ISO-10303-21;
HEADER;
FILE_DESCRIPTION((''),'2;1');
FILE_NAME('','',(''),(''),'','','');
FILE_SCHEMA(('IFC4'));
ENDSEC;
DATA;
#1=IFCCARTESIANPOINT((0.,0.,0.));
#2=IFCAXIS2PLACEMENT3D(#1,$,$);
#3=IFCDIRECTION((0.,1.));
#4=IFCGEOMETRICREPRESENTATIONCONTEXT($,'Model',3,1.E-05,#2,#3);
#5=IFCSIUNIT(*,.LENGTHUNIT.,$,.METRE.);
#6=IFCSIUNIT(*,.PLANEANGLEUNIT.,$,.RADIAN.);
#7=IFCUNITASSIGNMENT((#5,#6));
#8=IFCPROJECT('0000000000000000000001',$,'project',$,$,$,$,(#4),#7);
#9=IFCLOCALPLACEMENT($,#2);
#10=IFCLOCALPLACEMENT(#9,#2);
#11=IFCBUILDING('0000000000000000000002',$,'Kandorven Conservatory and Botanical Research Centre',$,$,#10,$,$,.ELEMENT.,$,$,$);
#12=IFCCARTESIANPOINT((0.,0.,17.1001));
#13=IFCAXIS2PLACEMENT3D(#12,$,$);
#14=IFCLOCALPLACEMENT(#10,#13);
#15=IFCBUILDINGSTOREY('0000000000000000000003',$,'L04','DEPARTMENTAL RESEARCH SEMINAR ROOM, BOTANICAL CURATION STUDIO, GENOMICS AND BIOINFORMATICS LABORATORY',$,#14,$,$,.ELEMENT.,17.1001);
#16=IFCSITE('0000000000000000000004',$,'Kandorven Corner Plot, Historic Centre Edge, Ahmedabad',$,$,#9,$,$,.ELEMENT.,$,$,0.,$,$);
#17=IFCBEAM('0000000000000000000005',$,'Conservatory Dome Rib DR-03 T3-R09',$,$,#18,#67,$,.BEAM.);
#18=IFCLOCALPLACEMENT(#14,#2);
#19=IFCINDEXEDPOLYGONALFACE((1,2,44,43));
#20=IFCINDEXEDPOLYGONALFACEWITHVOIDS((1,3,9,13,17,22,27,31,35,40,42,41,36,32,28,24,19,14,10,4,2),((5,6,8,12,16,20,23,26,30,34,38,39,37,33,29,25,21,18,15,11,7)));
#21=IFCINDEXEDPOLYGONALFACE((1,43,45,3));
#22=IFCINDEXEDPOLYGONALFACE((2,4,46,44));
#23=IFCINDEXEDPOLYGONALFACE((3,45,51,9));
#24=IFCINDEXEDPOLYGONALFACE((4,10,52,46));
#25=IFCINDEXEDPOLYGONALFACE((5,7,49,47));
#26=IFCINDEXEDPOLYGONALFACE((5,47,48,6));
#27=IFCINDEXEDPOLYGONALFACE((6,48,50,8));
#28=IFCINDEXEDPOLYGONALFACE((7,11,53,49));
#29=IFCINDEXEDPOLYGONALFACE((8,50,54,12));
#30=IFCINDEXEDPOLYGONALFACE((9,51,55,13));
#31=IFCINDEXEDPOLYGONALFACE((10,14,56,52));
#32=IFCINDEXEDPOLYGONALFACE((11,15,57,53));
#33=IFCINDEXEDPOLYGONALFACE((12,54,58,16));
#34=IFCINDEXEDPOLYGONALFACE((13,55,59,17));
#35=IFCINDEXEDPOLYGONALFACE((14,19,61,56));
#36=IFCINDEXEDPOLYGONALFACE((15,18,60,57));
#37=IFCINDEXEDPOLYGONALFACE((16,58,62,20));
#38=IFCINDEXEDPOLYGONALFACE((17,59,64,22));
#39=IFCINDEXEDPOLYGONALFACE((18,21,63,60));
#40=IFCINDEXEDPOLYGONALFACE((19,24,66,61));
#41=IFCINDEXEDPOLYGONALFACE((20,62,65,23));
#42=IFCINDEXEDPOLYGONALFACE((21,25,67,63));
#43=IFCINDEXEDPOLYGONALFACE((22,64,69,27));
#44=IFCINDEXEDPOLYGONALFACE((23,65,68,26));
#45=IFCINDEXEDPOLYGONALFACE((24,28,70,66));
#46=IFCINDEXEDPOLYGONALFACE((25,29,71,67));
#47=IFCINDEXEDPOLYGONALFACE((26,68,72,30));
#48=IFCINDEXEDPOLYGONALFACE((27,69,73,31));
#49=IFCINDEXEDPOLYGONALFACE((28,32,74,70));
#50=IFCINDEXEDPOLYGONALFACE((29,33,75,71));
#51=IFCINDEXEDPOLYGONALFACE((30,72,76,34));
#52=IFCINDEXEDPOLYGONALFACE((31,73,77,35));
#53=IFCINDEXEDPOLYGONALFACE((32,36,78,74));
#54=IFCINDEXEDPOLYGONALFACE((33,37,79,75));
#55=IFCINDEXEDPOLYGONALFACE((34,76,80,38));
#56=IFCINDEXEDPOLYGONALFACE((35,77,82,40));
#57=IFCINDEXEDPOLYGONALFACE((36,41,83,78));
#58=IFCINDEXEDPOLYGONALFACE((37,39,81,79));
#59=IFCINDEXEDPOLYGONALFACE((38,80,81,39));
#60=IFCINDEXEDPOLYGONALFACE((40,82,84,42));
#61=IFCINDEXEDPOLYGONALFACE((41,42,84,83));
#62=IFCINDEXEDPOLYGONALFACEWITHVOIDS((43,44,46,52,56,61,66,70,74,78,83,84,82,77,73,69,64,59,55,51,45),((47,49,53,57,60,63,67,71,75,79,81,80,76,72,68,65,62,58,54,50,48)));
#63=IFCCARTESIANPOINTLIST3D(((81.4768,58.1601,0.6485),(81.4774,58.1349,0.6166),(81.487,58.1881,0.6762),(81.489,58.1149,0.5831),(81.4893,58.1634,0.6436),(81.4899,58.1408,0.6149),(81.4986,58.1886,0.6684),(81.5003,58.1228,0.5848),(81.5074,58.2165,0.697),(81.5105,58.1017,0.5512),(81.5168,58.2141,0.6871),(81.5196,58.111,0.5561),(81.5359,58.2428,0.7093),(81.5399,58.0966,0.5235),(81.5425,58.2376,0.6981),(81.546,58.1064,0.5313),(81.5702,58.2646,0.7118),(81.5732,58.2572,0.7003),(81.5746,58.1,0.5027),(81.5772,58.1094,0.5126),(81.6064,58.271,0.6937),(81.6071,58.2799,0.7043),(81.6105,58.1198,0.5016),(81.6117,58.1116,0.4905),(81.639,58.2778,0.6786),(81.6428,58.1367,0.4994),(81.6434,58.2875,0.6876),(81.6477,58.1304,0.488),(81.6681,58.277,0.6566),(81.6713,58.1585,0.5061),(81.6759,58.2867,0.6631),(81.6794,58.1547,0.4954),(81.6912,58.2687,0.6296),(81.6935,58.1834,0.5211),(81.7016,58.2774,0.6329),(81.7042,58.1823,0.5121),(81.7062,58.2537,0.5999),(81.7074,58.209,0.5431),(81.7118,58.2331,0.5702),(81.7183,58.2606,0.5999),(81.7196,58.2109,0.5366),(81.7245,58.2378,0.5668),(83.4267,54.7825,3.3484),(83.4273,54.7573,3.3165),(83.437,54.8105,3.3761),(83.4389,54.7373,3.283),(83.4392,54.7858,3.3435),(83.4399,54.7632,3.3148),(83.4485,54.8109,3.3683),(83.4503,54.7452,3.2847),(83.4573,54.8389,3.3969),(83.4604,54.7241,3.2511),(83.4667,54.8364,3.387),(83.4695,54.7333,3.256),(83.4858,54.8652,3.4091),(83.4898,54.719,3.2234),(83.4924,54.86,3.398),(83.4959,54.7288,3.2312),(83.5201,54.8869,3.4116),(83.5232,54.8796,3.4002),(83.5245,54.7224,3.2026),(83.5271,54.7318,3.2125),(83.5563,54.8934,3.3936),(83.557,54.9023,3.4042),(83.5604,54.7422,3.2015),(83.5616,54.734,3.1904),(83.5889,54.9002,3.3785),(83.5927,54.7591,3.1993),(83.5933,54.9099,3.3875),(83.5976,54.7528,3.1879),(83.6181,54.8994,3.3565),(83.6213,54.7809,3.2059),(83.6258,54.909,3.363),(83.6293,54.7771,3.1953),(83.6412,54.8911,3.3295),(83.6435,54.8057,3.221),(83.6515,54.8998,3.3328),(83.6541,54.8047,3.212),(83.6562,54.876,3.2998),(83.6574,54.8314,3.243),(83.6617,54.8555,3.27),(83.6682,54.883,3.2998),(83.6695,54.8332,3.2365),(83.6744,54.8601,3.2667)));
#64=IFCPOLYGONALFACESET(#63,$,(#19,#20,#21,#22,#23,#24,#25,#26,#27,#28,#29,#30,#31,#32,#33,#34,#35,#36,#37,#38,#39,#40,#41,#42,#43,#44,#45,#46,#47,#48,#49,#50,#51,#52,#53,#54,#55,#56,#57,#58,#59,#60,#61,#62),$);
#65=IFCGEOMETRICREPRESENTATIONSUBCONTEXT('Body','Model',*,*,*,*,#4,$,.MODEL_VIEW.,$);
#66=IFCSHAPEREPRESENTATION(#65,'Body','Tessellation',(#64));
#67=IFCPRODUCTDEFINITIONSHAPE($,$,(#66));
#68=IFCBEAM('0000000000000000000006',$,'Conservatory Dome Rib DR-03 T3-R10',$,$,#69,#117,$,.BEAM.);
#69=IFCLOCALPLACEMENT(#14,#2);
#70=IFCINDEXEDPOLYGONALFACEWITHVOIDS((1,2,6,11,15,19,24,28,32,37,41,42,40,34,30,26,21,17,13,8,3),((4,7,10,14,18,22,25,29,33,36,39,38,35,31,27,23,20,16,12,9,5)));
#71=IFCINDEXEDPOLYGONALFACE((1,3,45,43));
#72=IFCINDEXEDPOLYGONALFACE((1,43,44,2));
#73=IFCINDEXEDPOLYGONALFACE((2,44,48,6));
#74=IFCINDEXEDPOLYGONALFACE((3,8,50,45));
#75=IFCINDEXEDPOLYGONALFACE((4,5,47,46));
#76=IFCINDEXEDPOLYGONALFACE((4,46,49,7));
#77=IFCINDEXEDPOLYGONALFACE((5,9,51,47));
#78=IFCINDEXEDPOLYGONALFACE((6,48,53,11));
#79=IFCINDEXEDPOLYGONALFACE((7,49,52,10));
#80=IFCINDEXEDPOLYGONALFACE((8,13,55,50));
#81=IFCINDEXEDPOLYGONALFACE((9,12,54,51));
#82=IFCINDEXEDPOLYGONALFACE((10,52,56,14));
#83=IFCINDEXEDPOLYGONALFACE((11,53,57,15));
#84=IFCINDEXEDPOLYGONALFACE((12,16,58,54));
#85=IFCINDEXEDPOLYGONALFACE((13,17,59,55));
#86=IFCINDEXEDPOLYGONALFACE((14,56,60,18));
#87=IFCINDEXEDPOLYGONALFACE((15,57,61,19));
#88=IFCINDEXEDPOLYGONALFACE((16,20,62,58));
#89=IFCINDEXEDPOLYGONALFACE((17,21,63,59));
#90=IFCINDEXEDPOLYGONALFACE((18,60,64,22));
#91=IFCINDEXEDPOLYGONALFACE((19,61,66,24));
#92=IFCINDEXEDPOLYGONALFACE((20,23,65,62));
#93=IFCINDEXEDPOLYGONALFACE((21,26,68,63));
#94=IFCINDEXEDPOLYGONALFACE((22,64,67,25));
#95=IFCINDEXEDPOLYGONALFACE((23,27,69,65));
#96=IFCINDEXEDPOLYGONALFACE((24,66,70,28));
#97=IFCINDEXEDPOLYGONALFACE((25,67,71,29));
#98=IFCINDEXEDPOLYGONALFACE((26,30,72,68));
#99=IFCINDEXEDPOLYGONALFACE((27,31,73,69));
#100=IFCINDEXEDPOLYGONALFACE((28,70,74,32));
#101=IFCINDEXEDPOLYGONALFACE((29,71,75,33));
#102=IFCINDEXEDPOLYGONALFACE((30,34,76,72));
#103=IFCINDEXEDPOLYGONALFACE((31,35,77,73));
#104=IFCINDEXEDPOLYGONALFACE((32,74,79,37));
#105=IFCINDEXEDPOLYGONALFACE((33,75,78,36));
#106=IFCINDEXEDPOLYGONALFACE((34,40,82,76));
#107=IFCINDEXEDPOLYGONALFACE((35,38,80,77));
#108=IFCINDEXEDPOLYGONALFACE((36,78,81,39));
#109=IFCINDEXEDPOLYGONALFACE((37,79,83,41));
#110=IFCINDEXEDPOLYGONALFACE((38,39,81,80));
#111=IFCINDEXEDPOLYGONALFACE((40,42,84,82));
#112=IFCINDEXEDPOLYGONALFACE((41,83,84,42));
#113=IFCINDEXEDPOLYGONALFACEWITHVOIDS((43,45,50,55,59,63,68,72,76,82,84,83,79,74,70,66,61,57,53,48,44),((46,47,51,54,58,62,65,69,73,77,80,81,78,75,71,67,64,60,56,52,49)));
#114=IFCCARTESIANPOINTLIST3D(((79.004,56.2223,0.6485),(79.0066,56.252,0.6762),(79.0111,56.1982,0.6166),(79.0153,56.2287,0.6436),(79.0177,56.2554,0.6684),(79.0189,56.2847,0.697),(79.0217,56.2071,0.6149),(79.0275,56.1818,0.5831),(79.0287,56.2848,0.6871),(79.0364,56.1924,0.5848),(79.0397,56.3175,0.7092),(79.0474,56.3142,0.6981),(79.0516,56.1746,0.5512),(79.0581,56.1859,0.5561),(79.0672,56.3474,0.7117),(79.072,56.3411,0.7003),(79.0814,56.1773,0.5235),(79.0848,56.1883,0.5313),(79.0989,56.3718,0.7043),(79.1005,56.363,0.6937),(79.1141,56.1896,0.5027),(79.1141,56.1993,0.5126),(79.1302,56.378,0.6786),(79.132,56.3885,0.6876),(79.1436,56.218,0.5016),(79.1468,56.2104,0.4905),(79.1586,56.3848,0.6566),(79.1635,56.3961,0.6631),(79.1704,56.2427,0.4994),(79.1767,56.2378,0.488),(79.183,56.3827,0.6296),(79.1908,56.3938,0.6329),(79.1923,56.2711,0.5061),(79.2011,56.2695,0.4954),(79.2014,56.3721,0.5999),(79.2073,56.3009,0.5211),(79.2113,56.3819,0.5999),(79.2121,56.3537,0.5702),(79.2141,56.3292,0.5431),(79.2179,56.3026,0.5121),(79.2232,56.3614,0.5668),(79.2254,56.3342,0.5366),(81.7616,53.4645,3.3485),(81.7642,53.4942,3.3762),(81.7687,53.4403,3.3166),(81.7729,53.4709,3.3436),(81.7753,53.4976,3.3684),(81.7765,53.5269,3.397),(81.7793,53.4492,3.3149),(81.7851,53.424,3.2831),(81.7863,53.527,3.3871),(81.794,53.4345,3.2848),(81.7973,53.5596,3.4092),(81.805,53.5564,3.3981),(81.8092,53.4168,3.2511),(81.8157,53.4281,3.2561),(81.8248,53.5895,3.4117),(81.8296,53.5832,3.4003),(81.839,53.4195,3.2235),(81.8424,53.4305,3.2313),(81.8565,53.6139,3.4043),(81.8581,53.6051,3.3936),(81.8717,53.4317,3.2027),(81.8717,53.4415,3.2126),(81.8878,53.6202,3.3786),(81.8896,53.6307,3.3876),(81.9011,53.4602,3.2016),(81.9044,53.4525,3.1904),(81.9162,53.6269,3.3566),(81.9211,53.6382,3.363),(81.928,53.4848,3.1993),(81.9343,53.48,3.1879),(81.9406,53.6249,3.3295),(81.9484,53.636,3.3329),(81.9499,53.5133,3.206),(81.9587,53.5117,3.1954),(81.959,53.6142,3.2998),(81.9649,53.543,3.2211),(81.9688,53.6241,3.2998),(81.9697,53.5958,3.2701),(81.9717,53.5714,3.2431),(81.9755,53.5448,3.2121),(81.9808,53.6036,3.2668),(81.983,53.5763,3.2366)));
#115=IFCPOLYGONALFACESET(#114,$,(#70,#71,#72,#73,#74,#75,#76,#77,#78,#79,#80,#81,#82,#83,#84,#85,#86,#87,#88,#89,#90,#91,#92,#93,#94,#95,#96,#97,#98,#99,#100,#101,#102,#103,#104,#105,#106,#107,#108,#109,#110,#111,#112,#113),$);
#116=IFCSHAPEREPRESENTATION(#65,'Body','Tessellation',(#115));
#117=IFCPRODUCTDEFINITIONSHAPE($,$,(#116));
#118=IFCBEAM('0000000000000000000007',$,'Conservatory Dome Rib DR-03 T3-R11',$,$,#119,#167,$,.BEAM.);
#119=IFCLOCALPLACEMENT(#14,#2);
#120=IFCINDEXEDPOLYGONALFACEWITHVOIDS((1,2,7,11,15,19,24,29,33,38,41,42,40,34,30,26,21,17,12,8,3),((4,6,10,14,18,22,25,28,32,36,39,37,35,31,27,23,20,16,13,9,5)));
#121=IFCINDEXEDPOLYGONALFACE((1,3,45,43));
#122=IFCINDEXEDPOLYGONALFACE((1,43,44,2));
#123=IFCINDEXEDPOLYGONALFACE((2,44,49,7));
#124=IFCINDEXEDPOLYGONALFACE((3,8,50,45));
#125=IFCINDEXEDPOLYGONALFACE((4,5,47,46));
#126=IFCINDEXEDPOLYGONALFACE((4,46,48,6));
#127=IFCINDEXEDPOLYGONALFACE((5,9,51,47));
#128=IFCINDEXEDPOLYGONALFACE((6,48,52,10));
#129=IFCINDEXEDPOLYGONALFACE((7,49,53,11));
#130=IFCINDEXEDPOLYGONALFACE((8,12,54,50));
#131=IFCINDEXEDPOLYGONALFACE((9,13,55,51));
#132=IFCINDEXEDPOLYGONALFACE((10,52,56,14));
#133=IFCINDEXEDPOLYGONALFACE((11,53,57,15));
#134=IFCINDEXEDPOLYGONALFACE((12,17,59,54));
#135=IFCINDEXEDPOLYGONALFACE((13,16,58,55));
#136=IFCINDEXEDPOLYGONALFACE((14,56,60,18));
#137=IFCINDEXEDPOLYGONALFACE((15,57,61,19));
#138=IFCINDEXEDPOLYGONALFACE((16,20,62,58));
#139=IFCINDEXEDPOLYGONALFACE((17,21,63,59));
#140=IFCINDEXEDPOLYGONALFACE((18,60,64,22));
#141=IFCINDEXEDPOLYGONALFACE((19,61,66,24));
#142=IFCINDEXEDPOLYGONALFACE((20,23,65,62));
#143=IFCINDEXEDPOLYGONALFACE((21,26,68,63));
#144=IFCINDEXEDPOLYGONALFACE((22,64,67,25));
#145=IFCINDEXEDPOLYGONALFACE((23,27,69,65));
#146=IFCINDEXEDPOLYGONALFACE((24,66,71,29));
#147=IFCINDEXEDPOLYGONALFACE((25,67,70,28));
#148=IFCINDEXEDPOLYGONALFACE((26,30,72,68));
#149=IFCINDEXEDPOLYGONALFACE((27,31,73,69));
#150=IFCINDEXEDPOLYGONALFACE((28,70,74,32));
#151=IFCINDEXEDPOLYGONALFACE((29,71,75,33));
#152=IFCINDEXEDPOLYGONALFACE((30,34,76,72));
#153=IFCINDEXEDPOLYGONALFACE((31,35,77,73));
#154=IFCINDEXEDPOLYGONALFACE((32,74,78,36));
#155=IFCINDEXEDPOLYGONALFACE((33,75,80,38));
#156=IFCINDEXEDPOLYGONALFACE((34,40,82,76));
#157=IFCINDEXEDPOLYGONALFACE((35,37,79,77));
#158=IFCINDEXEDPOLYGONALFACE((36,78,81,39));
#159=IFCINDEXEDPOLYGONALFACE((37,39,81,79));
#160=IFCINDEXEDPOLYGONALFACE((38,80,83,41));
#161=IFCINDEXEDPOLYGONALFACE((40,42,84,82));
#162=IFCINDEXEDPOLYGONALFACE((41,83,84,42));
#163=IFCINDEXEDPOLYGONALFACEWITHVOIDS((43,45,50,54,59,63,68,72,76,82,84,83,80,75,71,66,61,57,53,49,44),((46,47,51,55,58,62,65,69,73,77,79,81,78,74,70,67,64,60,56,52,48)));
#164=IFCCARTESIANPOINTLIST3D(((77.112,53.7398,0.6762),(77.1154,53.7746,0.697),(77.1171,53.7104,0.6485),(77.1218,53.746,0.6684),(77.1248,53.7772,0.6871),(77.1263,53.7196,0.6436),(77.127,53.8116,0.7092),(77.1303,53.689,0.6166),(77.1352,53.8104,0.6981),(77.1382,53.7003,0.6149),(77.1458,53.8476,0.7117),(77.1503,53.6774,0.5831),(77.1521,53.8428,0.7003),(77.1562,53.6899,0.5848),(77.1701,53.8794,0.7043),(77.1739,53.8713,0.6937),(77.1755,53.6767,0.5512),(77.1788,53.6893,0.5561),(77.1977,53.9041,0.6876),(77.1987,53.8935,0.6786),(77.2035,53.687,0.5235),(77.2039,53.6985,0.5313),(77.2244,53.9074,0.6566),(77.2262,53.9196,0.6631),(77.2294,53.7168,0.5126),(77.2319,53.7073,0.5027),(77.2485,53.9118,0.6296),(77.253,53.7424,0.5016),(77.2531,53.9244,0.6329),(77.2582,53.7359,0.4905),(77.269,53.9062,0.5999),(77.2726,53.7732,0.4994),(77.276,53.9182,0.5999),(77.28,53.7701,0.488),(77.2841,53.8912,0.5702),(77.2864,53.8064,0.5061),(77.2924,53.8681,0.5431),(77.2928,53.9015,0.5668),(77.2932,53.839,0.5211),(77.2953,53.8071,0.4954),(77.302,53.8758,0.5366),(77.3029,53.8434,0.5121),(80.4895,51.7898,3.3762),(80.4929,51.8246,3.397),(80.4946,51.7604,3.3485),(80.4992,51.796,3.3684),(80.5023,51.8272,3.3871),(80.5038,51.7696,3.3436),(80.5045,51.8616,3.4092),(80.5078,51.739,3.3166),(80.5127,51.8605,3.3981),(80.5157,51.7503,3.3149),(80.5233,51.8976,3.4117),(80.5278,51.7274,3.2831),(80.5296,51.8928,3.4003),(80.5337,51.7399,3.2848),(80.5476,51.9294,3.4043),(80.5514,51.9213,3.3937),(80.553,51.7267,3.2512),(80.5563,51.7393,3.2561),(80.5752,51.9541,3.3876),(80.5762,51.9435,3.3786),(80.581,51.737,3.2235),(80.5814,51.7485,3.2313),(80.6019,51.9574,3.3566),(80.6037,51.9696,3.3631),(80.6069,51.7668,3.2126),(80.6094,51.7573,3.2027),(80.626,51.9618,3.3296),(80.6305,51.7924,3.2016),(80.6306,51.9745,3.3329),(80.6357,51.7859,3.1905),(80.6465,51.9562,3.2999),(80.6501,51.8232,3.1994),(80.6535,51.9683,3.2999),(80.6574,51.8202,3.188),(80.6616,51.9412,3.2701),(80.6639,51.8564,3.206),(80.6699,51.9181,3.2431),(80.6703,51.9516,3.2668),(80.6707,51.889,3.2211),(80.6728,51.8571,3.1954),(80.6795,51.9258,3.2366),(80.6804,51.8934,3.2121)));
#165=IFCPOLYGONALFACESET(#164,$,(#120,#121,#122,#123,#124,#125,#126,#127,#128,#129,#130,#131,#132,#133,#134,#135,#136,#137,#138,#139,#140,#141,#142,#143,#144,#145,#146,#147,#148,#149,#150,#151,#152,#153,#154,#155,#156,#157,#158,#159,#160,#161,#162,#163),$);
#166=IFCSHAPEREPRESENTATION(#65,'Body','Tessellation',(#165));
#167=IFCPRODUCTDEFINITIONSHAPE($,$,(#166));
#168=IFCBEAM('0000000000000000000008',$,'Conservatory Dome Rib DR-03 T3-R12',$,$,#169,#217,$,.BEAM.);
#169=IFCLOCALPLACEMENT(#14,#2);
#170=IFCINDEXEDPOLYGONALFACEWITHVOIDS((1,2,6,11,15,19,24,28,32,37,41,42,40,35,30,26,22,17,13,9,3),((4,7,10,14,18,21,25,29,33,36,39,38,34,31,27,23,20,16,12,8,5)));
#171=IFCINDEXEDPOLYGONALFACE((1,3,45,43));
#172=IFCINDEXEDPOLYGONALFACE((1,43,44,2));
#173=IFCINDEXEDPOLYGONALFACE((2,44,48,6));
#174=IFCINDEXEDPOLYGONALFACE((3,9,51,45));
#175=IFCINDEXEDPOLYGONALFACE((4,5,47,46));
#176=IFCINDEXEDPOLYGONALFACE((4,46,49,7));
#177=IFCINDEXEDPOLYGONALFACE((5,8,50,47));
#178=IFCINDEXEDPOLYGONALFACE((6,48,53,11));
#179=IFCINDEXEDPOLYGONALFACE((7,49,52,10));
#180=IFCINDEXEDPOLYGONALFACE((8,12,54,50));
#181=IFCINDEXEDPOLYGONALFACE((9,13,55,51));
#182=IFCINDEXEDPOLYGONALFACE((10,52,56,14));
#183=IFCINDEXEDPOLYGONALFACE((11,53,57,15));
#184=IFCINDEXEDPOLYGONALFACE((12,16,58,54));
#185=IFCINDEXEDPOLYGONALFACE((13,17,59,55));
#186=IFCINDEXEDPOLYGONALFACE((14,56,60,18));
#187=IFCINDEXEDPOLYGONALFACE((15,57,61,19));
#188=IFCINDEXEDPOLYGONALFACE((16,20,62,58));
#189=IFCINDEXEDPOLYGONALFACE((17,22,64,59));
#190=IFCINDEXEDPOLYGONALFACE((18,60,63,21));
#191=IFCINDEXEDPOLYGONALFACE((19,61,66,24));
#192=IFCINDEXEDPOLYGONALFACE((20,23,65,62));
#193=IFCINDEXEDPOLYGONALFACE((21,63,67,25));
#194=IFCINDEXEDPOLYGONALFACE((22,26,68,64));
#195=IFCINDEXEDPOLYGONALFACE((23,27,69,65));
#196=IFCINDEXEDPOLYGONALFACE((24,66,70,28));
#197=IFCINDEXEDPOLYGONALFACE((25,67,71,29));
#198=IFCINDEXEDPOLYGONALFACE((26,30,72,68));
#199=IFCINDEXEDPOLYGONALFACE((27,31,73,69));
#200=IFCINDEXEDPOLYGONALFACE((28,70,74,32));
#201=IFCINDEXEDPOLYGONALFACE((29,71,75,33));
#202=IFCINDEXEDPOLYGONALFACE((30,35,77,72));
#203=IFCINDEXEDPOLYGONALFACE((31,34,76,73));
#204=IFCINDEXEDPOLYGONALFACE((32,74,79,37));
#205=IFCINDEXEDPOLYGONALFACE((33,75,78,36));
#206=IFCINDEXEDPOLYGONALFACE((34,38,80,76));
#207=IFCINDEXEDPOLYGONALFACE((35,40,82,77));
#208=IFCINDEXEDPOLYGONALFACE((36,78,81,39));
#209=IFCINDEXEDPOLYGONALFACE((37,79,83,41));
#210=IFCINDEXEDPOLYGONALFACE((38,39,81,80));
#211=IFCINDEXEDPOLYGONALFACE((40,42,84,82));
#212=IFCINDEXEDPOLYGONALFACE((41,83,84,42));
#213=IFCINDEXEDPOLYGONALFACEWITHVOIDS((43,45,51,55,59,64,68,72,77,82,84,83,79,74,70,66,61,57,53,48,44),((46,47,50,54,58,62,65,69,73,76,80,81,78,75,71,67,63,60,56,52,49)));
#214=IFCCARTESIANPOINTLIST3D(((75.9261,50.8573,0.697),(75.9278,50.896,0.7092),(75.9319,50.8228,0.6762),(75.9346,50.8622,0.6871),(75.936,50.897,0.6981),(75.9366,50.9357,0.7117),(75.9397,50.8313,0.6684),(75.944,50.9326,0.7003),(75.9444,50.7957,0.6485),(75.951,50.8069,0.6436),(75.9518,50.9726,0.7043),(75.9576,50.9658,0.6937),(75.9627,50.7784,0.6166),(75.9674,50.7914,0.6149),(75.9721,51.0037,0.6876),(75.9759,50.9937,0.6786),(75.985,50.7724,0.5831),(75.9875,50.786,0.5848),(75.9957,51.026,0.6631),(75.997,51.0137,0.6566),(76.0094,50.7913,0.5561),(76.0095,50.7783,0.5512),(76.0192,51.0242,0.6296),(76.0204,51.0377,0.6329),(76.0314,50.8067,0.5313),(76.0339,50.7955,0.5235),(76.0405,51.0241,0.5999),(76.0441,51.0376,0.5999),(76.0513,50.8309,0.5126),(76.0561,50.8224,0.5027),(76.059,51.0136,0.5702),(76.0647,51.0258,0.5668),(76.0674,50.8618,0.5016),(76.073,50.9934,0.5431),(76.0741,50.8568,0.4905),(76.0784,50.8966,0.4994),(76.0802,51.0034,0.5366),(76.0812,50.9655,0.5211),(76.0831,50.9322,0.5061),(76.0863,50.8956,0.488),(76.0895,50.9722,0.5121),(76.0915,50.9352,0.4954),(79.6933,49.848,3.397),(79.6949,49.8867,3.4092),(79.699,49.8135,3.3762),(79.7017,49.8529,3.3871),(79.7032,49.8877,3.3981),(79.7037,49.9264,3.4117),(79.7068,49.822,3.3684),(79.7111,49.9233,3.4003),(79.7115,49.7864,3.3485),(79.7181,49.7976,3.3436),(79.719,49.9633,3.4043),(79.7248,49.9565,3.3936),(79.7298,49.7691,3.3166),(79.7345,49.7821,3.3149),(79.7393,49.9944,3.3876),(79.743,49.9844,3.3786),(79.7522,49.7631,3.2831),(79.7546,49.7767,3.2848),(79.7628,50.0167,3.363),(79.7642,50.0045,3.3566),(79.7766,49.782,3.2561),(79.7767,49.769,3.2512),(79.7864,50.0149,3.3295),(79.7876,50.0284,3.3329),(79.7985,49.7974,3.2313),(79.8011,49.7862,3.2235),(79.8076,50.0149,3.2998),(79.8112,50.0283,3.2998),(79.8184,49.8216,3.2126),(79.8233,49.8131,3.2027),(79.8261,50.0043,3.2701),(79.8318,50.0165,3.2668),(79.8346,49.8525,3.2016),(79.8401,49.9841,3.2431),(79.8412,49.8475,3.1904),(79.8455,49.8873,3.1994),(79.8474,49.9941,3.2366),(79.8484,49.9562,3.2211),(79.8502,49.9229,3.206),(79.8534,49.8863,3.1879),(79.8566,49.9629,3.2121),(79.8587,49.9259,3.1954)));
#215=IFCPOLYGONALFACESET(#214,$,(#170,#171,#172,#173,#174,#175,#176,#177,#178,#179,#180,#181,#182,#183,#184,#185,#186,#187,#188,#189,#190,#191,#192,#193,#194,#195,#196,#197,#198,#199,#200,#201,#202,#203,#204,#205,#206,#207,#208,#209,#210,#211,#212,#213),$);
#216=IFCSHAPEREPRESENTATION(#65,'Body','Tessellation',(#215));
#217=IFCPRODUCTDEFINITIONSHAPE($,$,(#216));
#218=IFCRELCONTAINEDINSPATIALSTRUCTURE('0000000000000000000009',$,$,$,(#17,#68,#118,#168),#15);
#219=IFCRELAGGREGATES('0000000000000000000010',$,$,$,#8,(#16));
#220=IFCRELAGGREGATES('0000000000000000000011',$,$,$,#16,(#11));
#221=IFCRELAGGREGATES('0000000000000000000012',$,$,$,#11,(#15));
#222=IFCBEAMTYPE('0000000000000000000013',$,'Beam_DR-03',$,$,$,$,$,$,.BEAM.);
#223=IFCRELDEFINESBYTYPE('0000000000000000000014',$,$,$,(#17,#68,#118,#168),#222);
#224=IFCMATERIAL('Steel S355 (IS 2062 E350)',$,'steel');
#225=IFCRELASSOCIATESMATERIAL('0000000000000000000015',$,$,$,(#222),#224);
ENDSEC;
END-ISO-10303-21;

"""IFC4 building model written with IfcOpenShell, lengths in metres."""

from ifc_helpers import new_model, si_unit, direction, frame, origin, origin_2d, place, context, subcontext, project, spatial, hollow_circle, extrude, material, material_profile, profile_set, type_object, element, save


model = new_model("IFC4")

# Units and contexts
model_context = context("Model", 3, precision=1e-05, world=origin(), true_north=direction((0.0, 1.0)))
body_context = subcontext(model_context, "Body", "Model", "MODEL_VIEW")
ifc_project = project(units=[si_unit("LENGTHUNIT", "METRE"), si_unit("PLANEANGLEUNIT", "RADIAN")], contexts=[model_context])

# Site, building, storey
site_placement = place(None, origin())
site = spatial("IfcSite", under=ifc_project, at=site_placement, Name="Kandorven Corner Plot, Historic Centre Edge, Ahmedabad", CompositionType="ELEMENT", RefElevation=0.0)
building_placement = place(site_placement, origin())
building = spatial("IfcBuilding", under=site, at=building_placement, Name="Kandorven Conservatory and Botanical Research Centre", CompositionType="ELEMENT")
storey_placement = place(building_placement, frame((0.0, 0.0, 17.1001)))
storey = spatial("IfcBuildingStorey", under=building, at=storey_placement, Name="L04", Description="DEPARTMENTAL RESEARCH SEMINAR ROOM, BOTANICAL CURATION STUDIO, GENOMICS AND BIOINFORMATICS LABORATORY", CompositionType="ELEMENT", Elevation=17.1001)

# Beams
ifc_material_1 = material(Name="Steel S355 (IS 2062 E350)", Category="steel")
ifc_material_profile_1 = material_profile(ifc_material_1, hollow_circle(Radius=0.1365, WallThickness=0.0139, at=origin_2d()))
ifc_profile_set_1 = profile_set([ifc_material_profile_1], Name="Steel S355 (IS 2062 E350)")
beam_type_1 = type_object("IfcBeamType", Name="Beam_DR-03", PredefinedType="BEAM", material=ifc_profile_set_1)
for number, where, z_axis, x_axis, name in (
    (1, (81.6001, 58.1924, 0.5999), (0.411078, -0.712066, 0.569189), (0.866043, 0.49997, 0.0), "Conservatory Dome Rib DR-03 T3-R09"),
    (2, (79.1147, 56.2854, 0.5999), (0.581354, -0.581405, 0.569207), (0.707138, 0.707075, 0.0), "Conservatory Dome Rib DR-03 T3-R10"),
    (3, (77.2078, 53.8, 0.5999), (0.712041, -0.411094, 0.56921), (0.499997, 0.866027, 0.0), "Conservatory Dome Rib DR-03 T3-R11"),
    (4, (76.0088, 50.9058, 0.5999), (0.794184, -0.212777, 0.569208), (0.258792, 0.965933, 0.0), "Conservatory Dome Rib DR-03 T3-R12"),
):
    element("IfcBeam", number, at=place(storey_placement, frame(where, z_axis=z_axis, x_axis=x_axis)), inside=storey, type_object=beam_type_1, Name=name, PredefinedType="BEAM", context=body_context, shape_type="SweptSolid", body=[
        extrude(hollow_circle(Radius=0.1365, WallThickness=0.0139, at=origin_2d()), origin(), (0.0, 0.0, 1.0), 4.7434),
    ])

save(model, "model.ifc")
